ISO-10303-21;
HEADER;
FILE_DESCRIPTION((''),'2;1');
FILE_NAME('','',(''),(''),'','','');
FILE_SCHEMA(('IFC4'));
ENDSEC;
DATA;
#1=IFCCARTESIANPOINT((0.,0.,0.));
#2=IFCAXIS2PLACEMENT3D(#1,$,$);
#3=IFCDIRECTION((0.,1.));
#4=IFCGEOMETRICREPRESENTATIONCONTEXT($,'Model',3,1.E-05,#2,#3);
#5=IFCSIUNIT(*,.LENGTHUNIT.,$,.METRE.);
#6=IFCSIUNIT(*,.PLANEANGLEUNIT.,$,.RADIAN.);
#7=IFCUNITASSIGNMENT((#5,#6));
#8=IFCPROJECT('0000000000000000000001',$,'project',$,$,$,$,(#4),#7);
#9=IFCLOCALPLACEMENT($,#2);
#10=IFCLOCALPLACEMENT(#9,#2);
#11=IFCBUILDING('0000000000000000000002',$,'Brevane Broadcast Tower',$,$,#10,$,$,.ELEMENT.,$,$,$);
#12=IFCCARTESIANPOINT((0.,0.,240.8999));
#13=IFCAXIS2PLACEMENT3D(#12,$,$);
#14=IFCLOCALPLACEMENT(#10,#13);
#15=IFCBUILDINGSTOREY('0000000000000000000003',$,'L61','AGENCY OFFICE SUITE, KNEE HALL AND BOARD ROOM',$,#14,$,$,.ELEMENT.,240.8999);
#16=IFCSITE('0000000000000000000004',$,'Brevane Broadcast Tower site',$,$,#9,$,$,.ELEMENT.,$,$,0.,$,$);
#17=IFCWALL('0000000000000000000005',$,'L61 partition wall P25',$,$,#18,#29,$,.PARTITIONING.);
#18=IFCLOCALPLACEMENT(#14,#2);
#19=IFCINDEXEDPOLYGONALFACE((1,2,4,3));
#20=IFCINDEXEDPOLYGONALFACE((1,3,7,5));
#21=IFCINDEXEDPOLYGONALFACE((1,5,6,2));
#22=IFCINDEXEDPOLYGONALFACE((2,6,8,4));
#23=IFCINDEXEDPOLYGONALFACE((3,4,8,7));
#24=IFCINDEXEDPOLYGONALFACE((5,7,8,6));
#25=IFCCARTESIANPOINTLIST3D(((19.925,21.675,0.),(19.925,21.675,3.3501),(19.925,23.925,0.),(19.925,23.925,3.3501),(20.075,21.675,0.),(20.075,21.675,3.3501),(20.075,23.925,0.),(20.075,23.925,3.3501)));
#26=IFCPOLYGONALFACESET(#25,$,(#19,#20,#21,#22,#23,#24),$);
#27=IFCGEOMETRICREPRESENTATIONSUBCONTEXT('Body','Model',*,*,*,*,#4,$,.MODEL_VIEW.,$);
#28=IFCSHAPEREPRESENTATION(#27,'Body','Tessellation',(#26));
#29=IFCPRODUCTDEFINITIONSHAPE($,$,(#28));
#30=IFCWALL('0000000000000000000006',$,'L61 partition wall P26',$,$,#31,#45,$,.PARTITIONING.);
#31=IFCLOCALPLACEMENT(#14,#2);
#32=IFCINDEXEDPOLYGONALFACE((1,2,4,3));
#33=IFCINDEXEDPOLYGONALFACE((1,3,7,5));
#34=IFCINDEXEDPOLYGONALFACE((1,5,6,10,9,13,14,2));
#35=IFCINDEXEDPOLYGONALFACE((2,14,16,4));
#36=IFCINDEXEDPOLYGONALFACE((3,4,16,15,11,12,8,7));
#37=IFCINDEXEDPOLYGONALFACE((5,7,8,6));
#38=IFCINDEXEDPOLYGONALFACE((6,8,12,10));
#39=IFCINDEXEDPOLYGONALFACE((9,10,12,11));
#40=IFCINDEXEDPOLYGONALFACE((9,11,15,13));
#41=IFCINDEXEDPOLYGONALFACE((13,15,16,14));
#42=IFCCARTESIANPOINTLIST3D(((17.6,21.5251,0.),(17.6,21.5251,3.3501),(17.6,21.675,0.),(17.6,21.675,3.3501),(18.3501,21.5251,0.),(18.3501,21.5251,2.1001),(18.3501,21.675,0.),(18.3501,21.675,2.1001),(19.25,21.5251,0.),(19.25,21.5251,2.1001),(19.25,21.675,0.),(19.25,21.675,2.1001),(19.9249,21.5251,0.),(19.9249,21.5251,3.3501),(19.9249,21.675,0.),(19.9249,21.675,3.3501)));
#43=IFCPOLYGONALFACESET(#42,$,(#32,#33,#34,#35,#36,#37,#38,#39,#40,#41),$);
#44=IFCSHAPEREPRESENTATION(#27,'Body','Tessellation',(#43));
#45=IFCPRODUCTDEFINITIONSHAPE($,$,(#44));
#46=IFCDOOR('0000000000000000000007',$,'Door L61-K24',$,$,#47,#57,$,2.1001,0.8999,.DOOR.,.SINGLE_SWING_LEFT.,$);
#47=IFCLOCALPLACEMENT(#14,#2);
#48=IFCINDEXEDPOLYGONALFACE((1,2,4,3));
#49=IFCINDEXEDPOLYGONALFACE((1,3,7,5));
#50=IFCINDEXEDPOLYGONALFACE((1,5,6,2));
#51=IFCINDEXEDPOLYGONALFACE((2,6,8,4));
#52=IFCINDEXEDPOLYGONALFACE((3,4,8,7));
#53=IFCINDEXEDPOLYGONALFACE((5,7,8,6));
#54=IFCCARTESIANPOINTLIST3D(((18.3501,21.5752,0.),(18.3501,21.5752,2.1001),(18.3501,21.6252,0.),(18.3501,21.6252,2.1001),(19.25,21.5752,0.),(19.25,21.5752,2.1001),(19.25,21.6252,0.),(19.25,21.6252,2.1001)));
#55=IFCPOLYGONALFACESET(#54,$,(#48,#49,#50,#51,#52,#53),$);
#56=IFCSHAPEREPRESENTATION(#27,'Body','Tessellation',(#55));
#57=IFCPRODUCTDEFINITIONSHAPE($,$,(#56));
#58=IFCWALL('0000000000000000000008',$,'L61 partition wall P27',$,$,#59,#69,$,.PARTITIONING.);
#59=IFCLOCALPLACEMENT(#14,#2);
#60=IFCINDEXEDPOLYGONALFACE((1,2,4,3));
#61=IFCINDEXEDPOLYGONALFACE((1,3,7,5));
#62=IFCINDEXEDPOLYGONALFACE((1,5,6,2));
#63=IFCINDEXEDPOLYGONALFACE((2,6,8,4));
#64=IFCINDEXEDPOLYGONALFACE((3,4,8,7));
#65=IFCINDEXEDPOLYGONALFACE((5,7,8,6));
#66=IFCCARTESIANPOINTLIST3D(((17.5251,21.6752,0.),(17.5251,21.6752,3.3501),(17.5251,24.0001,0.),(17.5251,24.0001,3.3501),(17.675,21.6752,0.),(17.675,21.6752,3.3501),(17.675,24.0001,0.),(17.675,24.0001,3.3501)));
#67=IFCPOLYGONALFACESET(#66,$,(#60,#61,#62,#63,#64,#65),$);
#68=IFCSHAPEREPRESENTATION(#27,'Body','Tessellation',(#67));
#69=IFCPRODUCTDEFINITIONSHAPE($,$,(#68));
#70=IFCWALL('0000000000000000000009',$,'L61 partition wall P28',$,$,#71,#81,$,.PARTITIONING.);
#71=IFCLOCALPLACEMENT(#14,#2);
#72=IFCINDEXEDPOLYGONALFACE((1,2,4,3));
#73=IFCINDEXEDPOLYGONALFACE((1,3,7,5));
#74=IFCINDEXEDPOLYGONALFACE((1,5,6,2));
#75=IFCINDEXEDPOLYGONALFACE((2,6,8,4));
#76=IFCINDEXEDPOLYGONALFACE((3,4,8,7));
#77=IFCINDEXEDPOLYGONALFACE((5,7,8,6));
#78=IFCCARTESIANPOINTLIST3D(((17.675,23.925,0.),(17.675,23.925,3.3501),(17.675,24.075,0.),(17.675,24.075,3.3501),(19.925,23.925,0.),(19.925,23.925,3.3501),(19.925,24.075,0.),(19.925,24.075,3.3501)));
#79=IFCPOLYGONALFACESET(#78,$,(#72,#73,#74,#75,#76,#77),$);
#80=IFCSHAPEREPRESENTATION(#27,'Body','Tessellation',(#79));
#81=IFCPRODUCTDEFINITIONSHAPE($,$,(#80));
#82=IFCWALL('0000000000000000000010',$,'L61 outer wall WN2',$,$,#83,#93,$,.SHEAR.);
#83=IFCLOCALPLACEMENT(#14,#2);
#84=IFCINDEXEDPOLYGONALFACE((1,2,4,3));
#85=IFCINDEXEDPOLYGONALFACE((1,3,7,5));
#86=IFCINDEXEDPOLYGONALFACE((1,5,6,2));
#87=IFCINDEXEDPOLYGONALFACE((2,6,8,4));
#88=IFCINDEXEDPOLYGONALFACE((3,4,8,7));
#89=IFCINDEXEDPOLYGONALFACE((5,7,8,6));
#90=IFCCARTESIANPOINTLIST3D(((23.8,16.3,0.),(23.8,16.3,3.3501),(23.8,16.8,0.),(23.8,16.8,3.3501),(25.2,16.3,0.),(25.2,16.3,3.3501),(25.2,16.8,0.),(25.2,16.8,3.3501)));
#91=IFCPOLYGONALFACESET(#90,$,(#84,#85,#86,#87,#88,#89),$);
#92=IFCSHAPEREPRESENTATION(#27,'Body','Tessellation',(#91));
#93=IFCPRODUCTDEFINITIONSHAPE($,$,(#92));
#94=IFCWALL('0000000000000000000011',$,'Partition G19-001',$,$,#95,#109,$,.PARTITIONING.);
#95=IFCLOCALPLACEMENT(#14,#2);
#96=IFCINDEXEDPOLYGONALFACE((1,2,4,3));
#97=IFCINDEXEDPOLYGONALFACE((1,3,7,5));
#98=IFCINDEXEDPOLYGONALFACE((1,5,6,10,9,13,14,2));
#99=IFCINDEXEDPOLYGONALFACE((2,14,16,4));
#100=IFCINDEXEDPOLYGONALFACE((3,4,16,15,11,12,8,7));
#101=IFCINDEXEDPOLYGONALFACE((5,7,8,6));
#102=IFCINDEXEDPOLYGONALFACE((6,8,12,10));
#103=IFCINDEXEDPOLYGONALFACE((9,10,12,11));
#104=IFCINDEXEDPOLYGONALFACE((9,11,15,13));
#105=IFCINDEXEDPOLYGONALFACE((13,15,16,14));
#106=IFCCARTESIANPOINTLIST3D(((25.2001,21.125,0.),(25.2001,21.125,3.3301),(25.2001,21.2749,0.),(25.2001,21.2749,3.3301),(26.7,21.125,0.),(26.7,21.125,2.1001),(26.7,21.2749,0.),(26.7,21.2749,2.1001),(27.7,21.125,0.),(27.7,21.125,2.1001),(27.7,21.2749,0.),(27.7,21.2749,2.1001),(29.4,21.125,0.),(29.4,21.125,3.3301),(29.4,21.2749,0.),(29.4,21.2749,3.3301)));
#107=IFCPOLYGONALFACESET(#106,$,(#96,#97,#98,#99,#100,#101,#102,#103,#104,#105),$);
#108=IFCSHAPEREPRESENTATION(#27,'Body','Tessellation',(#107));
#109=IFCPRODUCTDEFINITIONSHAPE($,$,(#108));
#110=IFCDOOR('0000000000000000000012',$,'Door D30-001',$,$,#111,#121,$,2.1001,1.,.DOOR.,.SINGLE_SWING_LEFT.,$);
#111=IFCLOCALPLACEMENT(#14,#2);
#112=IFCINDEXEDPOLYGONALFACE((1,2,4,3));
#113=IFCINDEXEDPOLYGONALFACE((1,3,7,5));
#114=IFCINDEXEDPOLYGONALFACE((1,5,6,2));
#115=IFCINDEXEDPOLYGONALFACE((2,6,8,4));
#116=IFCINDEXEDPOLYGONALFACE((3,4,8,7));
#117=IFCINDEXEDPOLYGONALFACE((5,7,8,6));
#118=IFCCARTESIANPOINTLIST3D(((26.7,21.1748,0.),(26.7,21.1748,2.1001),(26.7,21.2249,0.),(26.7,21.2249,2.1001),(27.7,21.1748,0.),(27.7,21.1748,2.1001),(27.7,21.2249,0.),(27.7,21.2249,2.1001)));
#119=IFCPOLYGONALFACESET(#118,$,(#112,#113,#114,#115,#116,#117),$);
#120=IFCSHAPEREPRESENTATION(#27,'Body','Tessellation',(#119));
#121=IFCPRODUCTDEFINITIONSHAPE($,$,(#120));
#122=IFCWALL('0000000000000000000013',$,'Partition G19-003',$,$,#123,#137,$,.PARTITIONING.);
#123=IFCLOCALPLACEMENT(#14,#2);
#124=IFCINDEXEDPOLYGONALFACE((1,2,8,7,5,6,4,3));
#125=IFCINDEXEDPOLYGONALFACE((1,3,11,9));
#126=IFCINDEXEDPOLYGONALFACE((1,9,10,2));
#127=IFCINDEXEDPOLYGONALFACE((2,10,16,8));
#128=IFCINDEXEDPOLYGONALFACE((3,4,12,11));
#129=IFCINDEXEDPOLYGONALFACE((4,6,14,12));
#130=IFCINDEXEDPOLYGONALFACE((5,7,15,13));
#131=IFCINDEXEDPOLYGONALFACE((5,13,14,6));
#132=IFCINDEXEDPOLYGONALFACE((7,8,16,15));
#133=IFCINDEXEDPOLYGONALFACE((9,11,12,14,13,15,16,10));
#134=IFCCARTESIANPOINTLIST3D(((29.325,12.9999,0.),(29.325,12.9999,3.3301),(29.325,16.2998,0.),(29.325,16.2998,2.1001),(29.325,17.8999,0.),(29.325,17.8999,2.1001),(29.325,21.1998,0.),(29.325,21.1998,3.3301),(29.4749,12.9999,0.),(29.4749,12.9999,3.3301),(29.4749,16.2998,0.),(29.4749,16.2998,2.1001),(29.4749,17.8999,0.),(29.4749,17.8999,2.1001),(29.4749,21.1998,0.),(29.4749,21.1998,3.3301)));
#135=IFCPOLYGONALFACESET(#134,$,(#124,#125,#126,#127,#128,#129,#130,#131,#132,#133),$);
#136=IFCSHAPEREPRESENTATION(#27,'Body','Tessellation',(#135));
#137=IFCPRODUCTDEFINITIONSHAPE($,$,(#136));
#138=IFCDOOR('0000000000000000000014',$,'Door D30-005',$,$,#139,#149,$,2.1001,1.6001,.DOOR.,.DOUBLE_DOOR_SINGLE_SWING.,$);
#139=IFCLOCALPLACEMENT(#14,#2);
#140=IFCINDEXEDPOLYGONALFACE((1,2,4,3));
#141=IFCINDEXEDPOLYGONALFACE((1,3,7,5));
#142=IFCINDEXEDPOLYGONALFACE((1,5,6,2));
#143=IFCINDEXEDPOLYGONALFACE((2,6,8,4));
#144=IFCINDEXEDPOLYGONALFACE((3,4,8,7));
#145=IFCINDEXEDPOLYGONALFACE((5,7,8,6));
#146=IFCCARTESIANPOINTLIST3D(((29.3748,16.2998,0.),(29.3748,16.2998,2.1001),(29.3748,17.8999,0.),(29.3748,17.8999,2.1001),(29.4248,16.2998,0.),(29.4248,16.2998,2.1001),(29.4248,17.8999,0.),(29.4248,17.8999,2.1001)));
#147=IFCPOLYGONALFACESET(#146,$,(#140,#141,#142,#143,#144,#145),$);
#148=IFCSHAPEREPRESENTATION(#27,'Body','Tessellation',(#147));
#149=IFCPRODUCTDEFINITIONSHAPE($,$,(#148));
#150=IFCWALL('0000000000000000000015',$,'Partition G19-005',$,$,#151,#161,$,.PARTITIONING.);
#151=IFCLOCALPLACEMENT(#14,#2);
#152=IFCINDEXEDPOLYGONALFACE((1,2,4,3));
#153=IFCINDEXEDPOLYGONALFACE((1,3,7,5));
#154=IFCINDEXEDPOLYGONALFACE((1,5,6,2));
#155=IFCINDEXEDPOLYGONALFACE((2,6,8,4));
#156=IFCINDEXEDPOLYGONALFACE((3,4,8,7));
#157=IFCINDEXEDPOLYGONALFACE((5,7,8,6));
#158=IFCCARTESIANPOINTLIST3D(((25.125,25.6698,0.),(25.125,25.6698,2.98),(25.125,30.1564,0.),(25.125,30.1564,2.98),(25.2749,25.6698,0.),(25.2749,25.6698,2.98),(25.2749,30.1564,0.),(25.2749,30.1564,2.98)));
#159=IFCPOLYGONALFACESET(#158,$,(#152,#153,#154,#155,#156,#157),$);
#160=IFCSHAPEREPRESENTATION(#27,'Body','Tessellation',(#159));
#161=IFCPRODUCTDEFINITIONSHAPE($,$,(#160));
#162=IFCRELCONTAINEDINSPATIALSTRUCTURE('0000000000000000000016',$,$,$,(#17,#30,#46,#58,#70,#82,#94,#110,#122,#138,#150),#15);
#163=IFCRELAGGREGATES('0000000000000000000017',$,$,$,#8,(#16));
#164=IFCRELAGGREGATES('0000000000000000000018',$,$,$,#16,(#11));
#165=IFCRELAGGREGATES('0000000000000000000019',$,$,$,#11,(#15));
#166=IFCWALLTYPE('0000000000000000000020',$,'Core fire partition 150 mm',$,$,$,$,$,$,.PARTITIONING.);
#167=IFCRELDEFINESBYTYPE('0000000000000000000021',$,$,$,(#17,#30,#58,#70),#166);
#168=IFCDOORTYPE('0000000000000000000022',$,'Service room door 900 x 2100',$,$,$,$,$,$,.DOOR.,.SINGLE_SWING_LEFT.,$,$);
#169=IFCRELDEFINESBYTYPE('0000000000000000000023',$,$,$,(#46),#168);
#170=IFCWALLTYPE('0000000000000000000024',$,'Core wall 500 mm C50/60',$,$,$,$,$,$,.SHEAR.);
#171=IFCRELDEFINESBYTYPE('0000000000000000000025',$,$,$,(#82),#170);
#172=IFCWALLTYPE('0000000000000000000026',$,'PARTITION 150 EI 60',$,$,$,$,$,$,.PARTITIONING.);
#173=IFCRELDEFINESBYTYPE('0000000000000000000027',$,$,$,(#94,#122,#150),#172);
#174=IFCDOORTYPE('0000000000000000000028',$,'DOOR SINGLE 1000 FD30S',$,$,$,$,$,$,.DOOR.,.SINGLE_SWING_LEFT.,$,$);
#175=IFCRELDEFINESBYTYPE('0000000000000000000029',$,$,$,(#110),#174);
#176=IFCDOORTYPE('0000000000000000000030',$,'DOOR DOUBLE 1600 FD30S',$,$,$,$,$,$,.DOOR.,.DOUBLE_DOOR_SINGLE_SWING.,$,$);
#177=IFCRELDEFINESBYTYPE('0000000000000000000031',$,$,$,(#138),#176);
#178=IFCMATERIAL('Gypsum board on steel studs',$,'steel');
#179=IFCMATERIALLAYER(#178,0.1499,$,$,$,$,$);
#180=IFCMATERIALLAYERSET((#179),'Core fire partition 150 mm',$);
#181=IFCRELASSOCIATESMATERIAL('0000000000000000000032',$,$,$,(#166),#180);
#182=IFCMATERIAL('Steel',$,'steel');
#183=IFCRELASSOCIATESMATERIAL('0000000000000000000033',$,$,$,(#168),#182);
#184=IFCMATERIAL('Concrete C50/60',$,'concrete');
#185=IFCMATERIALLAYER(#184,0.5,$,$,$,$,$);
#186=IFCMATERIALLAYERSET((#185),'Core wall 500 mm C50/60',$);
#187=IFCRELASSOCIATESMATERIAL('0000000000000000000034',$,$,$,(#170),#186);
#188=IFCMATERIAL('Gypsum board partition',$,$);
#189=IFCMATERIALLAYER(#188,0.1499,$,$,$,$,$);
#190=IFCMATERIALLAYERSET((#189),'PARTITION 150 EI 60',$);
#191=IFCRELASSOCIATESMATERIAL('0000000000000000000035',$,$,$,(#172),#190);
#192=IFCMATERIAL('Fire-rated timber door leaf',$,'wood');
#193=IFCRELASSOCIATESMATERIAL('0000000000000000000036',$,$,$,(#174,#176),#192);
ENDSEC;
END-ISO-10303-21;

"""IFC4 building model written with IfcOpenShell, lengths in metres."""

from ifc_helpers import new_model, si_unit, direction, frame, frame_2d, origin, place, context, subcontext, project, spatial, rectangle, extrude, material, layer, layer_set, type_object, element, fill, save


model = new_model("IFC4")

# Units and contexts
model_context = context("Model", 3, precision=1e-05, world=origin(), true_north=direction((0.0, 1.0)))
body_context = subcontext(model_context, "Body", "Model", "MODEL_VIEW")
ifc_project = project(units=[si_unit("LENGTHUNIT", "METRE"), si_unit("PLANEANGLEUNIT", "RADIAN")], contexts=[model_context])

# Site, building, storey
site_placement = place(None, origin())
site = spatial("IfcSite", under=ifc_project, at=site_placement, Name="Brevane Broadcast Tower site", CompositionType="ELEMENT", RefElevation=0.0)
building_placement = place(site_placement, origin())
building = spatial("IfcBuilding", under=site, at=building_placement, Name="Brevane Broadcast Tower", CompositionType="ELEMENT")
storey_placement = place(building_placement, frame((0.0, 0.0, 240.8999)))
storey = spatial("IfcBuildingStorey", under=building, at=storey_placement, Name="L61", Description="AGENCY OFFICE SUITE, KNEE HALL AND BOARD ROOM", CompositionType="ELEMENT", Elevation=240.8999)

# Shared definitions
ifc_material_1 = material(Name="Concrete C50/60", Category="concrete")

# Shared definitions
ifc_material_2 = material(Name="Gypsum board on steel studs", Category="steel")
ifc_layer_1 = layer(ifc_material_2, 0.1499)
ifc_layer_set_1 = layer_set([ifc_layer_1], Name="Core fire partition 150 mm")
wall_type_1 = type_object("IfcWallType", Name="Core fire partition 150 mm", PredefinedType="PARTITIONING", material=ifc_layer_set_1)

# Wall
wall_1_placement = place(storey_placement, frame((20.0, 21.675, 0.0), z_axis=(0.0, 0.0, 1.0), x_axis=(0.0, 1.0, 0.0)))
element("IfcWall", 1, at=wall_1_placement, inside=storey, type_object=wall_type_1, Name="L61 partition wall P25", PredefinedType="PARTITIONING", context=body_context, shape_type="SweptSolid", body=[
    extrude(rectangle(XDim=2.25, YDim=0.1499, at=frame_2d((1.125, 0.0))), origin(), (0.0, 0.0, 1.0), 3.3501),
])

# Wall, opening, door
wall_2_placement = place(storey_placement, frame((19.925, 21.6001, 0.0), z_axis=(0.0, 0.0, 1.0), x_axis=(-1.0, 0.0, 0.0)))
wall_2 = element("IfcWall", 2, at=wall_2_placement, inside=storey, type_object=wall_type_1, Name="L61 partition wall P26", PredefinedType="PARTITIONING", context=body_context, shape_type="SweptSolid", body=[
    extrude(rectangle(XDim=2.325, YDim=0.1499, at=frame_2d((1.1626, 0.0))), origin(), (0.0, 0.0, 1.0), 3.3501),
])
opening_1_placement = place(wall_2_placement, frame((0.675, 0.0, 0.0)))
opening_1 = element("IfcOpeningElement", 3, at=opening_1_placement, cuts=wall_2, PredefinedType="OPENING", context=body_context, shape_type="SweptSolid", body=[
    extrude(rectangle(XDim=0.8999, YDim=2.1001, at=frame_2d((0.45, 1.05))), frame((0.0, 0.085, 0.0), z_axis=(0.0, -1.0, 0.0), x_axis=(1.0, 0.0, 0.0)), (0.0, 0.0, 1.0), 0.1699),
])
ifc_material_3 = material(Name="Steel", Category="steel")
door_type_1 = type_object("IfcDoorType", Name="Service room door 900 x 2100", OperationType="SINGLE_SWING_LEFT", PredefinedType="DOOR", material=ifc_material_3)
door_1_placement = place(opening_1_placement, origin())
door_1 = element("IfcDoor", 4, at=door_1_placement, inside=storey, type_object=door_type_1, Name="Door L61-K24", OperationType="SINGLE_SWING_LEFT", OverallHeight=2.1001, OverallWidth=0.8999, PredefinedType="DOOR", context=body_context, shape_type="SweptSolid", body=[
    extrude(rectangle(XDim=0.8999, YDim=2.1001, at=frame_2d((0.45, 1.05))), frame((0.0, 0.0249, 0.0), z_axis=(0.0, -1.0, 0.0), x_axis=(1.0, 0.0, 0.0)), (0.0, 0.0, 1.0), 0.05),
])
fill(opening_1, door_1)

# Walls
wall_3_placement = place(storey_placement, frame((17.6001, 21.675, 0.0), z_axis=(0.0, 0.0, 1.0), x_axis=(0.0, 1.0, 0.0)))
element("IfcWall", 5, at=wall_3_placement, inside=storey, type_object=wall_type_1, Name="L61 partition wall P27", PredefinedType="PARTITIONING", context=body_context, shape_type="SweptSolid", body=[
    extrude(rectangle(XDim=2.325, YDim=0.1499, at=frame_2d((1.1626, 0.0))), origin(), (0.0, 0.0, 1.0), 3.3501),
])
wall_4_placement = place(storey_placement, frame((17.675, 24.0, 0.0), z_axis=(0.0, 0.0, 1.0), x_axis=(1.0, 0.0, 0.0)))
element("IfcWall", 6, at=wall_4_placement, inside=storey, type_object=wall_type_1, Name="L61 partition wall P28", PredefinedType="PARTITIONING", context=body_context, shape_type="SweptSolid", body=[
    extrude(rectangle(XDim=2.25, YDim=0.1499, at=frame_2d((1.125, 0.0))), origin(), (0.0, 0.0, 1.0), 3.3501),
])
ifc_layer_2 = layer(ifc_material_1, 0.5)
ifc_layer_set_2 = layer_set([ifc_layer_2], Name="Core wall 500 mm C50/60")
wall_type_2 = type_object("IfcWallType", Name="Core wall 500 mm C50/60", PredefinedType="SHEAR", material=ifc_layer_set_2)
wall_5_placement = place(storey_placement, frame((23.8, 16.55, 0.0), z_axis=(0.0, 0.0, 1.0), x_axis=(1.0, 0.0, 0.0)))
element("IfcWall", 7, at=wall_5_placement, inside=storey, type_object=wall_type_2, Name="L61 outer wall WN2", PredefinedType="SHEAR", context=body_context, shape_type="SweptSolid", body=[
    extrude(rectangle(XDim=1.3999, YDim=0.5, at=frame_2d((0.7, 0.0))), origin(), (0.0, 0.0, 1.0), 3.3501),
])

# Walls, openings, doors
ifc_material_4 = material(Name="Gypsum board partition")
ifc_layer_3 = layer(ifc_material_4, 0.1499)
ifc_layer_set_3 = layer_set([ifc_layer_3], Name="PARTITION 150 EI 60")
wall_type_3 = type_object("IfcWallType", Name="PARTITION 150 EI 60", PredefinedType="PARTITIONING", material=ifc_layer_set_3)
wall_6_placement = place(storey_placement, frame((25.2, 21.2, 0.0), z_axis=(0.0, 0.0, 1.0), x_axis=(1.0, 0.0, 0.0)))
wall_6 = element("IfcWall", 8, at=wall_6_placement, inside=storey, type_object=wall_type_3, Name="Partition G19-001", PredefinedType="PARTITIONING", context=body_context, shape_type="SweptSolid", body=[
    extrude(rectangle(XDim=4.2, YDim=0.1499, at=frame_2d((2.1001, 0.0))), origin(), (0.0, 0.0, 1.0), 3.3301),
])
opening_2_placement = place(wall_6_placement, frame((1.5, 0.0, 0.0)))
opening_2 = element("IfcOpeningElement", 9, at=opening_2_placement, cuts=wall_6, PredefinedType="OPENING", context=body_context, shape_type="SweptSolid", body=[
    extrude(rectangle(XDim=1.0, YDim=2.1001, at=frame_2d((0.5, 1.05))), frame((0.0, 0.085, 0.0), z_axis=(0.0, -1.0, 0.0), x_axis=(1.0, 0.0, 0.0)), (0.0, 0.0, 1.0), 0.1699),
])
ifc_material_5 = material(Name="Fire-rated timber door leaf", Category="wood")
door_type_2 = type_object("IfcDoorType", Name="DOOR SINGLE 1000 FD30S", OperationType="SINGLE_SWING_LEFT", PredefinedType="DOOR", material=ifc_material_5)
door_2_placement = place(opening_2_placement, origin())
door_2 = element("IfcDoor", 10, at=door_2_placement, inside=storey, type_object=door_type_2, Name="Door D30-001", OperationType="SINGLE_SWING_LEFT", OverallHeight=2.1001, OverallWidth=1.0, PredefinedType="DOOR", context=body_context, shape_type="SweptSolid", body=[
    extrude(rectangle(XDim=1.0, YDim=2.1001, at=frame_2d((0.5, 1.05))), frame((0.0, 0.0249, 0.0), z_axis=(0.0, -1.0, 0.0), x_axis=(1.0, 0.0, 0.0)), (0.0, 0.0, 1.0), 0.05),
])
fill(opening_2, door_2)
wall_7_placement = place(storey_placement, frame((29.3999, 21.2, 0.0), z_axis=(0.0, 0.0, 1.0), x_axis=(0.0, -1.0, 0.0)))
wall_7 = element("IfcWall", 11, at=wall_7_placement, inside=storey, type_object=wall_type_3, Name="Partition G19-003", PredefinedType="PARTITIONING", context=body_context, shape_type="SweptSolid", body=[
    extrude(rectangle(XDim=8.2, YDim=0.1499, at=frame_2d((4.1001, 0.0))), origin(), (0.0, 0.0, 1.0), 3.3301),
])
opening_3_placement = place(wall_7_placement, frame((3.3, 0.0, 0.0)))
opening_3 = element("IfcOpeningElement", 12, at=opening_3_placement, cuts=wall_7, PredefinedType="OPENING", context=body_context, shape_type="SweptSolid", body=[
    extrude(rectangle(XDim=1.6001, YDim=2.1001, at=frame_2d((0.8, 1.05))), frame((0.0, 0.085, 0.0), z_axis=(0.0, -1.0, 0.0), x_axis=(1.0, 0.0, 0.0)), (0.0, 0.0, 1.0), 0.1699),
])
door_type_3 = type_object("IfcDoorType", Name="DOOR DOUBLE 1600 FD30S", OperationType="DOUBLE_DOOR_SINGLE_SWING", PredefinedType="DOOR", material=ifc_material_5)
door_3_placement = place(opening_3_placement, origin())
door_3 = element("IfcDoor", 13, at=door_3_placement, inside=storey, type_object=door_type_3, Name="Door D30-005", OperationType="DOUBLE_DOOR_SINGLE_SWING", OverallHeight=2.1001, OverallWidth=1.6001, PredefinedType="DOOR", context=body_context, shape_type="SweptSolid", body=[
    extrude(rectangle(XDim=1.6001, YDim=2.1001, at=frame_2d((0.8, 1.05))), frame((0.0, 0.0249, 0.0), z_axis=(0.0, -1.0, 0.0), x_axis=(1.0, 0.0, 0.0)), (0.0, 0.0, 1.0), 0.05),
])
fill(opening_3, door_3)

# Wall
wall_8_placement = place(storey_placement, frame((25.2, 25.6699, 0.0), z_axis=(0.0, 0.0, 1.0), x_axis=(0.0, 1.0, 0.0)))
element("IfcWall", 14, at=wall_8_placement, inside=storey, type_object=wall_type_3, Name="Partition G19-005", PredefinedType="PARTITIONING", context=body_context, shape_type="SweptSolid", body=[
    extrude(rectangle(XDim=4.4866, YDim=0.1499, at=frame_2d((2.2432, 0.0))), origin(), (0.0, 0.0, 1.0), 2.98),
])

save(model, "model.ifc")
